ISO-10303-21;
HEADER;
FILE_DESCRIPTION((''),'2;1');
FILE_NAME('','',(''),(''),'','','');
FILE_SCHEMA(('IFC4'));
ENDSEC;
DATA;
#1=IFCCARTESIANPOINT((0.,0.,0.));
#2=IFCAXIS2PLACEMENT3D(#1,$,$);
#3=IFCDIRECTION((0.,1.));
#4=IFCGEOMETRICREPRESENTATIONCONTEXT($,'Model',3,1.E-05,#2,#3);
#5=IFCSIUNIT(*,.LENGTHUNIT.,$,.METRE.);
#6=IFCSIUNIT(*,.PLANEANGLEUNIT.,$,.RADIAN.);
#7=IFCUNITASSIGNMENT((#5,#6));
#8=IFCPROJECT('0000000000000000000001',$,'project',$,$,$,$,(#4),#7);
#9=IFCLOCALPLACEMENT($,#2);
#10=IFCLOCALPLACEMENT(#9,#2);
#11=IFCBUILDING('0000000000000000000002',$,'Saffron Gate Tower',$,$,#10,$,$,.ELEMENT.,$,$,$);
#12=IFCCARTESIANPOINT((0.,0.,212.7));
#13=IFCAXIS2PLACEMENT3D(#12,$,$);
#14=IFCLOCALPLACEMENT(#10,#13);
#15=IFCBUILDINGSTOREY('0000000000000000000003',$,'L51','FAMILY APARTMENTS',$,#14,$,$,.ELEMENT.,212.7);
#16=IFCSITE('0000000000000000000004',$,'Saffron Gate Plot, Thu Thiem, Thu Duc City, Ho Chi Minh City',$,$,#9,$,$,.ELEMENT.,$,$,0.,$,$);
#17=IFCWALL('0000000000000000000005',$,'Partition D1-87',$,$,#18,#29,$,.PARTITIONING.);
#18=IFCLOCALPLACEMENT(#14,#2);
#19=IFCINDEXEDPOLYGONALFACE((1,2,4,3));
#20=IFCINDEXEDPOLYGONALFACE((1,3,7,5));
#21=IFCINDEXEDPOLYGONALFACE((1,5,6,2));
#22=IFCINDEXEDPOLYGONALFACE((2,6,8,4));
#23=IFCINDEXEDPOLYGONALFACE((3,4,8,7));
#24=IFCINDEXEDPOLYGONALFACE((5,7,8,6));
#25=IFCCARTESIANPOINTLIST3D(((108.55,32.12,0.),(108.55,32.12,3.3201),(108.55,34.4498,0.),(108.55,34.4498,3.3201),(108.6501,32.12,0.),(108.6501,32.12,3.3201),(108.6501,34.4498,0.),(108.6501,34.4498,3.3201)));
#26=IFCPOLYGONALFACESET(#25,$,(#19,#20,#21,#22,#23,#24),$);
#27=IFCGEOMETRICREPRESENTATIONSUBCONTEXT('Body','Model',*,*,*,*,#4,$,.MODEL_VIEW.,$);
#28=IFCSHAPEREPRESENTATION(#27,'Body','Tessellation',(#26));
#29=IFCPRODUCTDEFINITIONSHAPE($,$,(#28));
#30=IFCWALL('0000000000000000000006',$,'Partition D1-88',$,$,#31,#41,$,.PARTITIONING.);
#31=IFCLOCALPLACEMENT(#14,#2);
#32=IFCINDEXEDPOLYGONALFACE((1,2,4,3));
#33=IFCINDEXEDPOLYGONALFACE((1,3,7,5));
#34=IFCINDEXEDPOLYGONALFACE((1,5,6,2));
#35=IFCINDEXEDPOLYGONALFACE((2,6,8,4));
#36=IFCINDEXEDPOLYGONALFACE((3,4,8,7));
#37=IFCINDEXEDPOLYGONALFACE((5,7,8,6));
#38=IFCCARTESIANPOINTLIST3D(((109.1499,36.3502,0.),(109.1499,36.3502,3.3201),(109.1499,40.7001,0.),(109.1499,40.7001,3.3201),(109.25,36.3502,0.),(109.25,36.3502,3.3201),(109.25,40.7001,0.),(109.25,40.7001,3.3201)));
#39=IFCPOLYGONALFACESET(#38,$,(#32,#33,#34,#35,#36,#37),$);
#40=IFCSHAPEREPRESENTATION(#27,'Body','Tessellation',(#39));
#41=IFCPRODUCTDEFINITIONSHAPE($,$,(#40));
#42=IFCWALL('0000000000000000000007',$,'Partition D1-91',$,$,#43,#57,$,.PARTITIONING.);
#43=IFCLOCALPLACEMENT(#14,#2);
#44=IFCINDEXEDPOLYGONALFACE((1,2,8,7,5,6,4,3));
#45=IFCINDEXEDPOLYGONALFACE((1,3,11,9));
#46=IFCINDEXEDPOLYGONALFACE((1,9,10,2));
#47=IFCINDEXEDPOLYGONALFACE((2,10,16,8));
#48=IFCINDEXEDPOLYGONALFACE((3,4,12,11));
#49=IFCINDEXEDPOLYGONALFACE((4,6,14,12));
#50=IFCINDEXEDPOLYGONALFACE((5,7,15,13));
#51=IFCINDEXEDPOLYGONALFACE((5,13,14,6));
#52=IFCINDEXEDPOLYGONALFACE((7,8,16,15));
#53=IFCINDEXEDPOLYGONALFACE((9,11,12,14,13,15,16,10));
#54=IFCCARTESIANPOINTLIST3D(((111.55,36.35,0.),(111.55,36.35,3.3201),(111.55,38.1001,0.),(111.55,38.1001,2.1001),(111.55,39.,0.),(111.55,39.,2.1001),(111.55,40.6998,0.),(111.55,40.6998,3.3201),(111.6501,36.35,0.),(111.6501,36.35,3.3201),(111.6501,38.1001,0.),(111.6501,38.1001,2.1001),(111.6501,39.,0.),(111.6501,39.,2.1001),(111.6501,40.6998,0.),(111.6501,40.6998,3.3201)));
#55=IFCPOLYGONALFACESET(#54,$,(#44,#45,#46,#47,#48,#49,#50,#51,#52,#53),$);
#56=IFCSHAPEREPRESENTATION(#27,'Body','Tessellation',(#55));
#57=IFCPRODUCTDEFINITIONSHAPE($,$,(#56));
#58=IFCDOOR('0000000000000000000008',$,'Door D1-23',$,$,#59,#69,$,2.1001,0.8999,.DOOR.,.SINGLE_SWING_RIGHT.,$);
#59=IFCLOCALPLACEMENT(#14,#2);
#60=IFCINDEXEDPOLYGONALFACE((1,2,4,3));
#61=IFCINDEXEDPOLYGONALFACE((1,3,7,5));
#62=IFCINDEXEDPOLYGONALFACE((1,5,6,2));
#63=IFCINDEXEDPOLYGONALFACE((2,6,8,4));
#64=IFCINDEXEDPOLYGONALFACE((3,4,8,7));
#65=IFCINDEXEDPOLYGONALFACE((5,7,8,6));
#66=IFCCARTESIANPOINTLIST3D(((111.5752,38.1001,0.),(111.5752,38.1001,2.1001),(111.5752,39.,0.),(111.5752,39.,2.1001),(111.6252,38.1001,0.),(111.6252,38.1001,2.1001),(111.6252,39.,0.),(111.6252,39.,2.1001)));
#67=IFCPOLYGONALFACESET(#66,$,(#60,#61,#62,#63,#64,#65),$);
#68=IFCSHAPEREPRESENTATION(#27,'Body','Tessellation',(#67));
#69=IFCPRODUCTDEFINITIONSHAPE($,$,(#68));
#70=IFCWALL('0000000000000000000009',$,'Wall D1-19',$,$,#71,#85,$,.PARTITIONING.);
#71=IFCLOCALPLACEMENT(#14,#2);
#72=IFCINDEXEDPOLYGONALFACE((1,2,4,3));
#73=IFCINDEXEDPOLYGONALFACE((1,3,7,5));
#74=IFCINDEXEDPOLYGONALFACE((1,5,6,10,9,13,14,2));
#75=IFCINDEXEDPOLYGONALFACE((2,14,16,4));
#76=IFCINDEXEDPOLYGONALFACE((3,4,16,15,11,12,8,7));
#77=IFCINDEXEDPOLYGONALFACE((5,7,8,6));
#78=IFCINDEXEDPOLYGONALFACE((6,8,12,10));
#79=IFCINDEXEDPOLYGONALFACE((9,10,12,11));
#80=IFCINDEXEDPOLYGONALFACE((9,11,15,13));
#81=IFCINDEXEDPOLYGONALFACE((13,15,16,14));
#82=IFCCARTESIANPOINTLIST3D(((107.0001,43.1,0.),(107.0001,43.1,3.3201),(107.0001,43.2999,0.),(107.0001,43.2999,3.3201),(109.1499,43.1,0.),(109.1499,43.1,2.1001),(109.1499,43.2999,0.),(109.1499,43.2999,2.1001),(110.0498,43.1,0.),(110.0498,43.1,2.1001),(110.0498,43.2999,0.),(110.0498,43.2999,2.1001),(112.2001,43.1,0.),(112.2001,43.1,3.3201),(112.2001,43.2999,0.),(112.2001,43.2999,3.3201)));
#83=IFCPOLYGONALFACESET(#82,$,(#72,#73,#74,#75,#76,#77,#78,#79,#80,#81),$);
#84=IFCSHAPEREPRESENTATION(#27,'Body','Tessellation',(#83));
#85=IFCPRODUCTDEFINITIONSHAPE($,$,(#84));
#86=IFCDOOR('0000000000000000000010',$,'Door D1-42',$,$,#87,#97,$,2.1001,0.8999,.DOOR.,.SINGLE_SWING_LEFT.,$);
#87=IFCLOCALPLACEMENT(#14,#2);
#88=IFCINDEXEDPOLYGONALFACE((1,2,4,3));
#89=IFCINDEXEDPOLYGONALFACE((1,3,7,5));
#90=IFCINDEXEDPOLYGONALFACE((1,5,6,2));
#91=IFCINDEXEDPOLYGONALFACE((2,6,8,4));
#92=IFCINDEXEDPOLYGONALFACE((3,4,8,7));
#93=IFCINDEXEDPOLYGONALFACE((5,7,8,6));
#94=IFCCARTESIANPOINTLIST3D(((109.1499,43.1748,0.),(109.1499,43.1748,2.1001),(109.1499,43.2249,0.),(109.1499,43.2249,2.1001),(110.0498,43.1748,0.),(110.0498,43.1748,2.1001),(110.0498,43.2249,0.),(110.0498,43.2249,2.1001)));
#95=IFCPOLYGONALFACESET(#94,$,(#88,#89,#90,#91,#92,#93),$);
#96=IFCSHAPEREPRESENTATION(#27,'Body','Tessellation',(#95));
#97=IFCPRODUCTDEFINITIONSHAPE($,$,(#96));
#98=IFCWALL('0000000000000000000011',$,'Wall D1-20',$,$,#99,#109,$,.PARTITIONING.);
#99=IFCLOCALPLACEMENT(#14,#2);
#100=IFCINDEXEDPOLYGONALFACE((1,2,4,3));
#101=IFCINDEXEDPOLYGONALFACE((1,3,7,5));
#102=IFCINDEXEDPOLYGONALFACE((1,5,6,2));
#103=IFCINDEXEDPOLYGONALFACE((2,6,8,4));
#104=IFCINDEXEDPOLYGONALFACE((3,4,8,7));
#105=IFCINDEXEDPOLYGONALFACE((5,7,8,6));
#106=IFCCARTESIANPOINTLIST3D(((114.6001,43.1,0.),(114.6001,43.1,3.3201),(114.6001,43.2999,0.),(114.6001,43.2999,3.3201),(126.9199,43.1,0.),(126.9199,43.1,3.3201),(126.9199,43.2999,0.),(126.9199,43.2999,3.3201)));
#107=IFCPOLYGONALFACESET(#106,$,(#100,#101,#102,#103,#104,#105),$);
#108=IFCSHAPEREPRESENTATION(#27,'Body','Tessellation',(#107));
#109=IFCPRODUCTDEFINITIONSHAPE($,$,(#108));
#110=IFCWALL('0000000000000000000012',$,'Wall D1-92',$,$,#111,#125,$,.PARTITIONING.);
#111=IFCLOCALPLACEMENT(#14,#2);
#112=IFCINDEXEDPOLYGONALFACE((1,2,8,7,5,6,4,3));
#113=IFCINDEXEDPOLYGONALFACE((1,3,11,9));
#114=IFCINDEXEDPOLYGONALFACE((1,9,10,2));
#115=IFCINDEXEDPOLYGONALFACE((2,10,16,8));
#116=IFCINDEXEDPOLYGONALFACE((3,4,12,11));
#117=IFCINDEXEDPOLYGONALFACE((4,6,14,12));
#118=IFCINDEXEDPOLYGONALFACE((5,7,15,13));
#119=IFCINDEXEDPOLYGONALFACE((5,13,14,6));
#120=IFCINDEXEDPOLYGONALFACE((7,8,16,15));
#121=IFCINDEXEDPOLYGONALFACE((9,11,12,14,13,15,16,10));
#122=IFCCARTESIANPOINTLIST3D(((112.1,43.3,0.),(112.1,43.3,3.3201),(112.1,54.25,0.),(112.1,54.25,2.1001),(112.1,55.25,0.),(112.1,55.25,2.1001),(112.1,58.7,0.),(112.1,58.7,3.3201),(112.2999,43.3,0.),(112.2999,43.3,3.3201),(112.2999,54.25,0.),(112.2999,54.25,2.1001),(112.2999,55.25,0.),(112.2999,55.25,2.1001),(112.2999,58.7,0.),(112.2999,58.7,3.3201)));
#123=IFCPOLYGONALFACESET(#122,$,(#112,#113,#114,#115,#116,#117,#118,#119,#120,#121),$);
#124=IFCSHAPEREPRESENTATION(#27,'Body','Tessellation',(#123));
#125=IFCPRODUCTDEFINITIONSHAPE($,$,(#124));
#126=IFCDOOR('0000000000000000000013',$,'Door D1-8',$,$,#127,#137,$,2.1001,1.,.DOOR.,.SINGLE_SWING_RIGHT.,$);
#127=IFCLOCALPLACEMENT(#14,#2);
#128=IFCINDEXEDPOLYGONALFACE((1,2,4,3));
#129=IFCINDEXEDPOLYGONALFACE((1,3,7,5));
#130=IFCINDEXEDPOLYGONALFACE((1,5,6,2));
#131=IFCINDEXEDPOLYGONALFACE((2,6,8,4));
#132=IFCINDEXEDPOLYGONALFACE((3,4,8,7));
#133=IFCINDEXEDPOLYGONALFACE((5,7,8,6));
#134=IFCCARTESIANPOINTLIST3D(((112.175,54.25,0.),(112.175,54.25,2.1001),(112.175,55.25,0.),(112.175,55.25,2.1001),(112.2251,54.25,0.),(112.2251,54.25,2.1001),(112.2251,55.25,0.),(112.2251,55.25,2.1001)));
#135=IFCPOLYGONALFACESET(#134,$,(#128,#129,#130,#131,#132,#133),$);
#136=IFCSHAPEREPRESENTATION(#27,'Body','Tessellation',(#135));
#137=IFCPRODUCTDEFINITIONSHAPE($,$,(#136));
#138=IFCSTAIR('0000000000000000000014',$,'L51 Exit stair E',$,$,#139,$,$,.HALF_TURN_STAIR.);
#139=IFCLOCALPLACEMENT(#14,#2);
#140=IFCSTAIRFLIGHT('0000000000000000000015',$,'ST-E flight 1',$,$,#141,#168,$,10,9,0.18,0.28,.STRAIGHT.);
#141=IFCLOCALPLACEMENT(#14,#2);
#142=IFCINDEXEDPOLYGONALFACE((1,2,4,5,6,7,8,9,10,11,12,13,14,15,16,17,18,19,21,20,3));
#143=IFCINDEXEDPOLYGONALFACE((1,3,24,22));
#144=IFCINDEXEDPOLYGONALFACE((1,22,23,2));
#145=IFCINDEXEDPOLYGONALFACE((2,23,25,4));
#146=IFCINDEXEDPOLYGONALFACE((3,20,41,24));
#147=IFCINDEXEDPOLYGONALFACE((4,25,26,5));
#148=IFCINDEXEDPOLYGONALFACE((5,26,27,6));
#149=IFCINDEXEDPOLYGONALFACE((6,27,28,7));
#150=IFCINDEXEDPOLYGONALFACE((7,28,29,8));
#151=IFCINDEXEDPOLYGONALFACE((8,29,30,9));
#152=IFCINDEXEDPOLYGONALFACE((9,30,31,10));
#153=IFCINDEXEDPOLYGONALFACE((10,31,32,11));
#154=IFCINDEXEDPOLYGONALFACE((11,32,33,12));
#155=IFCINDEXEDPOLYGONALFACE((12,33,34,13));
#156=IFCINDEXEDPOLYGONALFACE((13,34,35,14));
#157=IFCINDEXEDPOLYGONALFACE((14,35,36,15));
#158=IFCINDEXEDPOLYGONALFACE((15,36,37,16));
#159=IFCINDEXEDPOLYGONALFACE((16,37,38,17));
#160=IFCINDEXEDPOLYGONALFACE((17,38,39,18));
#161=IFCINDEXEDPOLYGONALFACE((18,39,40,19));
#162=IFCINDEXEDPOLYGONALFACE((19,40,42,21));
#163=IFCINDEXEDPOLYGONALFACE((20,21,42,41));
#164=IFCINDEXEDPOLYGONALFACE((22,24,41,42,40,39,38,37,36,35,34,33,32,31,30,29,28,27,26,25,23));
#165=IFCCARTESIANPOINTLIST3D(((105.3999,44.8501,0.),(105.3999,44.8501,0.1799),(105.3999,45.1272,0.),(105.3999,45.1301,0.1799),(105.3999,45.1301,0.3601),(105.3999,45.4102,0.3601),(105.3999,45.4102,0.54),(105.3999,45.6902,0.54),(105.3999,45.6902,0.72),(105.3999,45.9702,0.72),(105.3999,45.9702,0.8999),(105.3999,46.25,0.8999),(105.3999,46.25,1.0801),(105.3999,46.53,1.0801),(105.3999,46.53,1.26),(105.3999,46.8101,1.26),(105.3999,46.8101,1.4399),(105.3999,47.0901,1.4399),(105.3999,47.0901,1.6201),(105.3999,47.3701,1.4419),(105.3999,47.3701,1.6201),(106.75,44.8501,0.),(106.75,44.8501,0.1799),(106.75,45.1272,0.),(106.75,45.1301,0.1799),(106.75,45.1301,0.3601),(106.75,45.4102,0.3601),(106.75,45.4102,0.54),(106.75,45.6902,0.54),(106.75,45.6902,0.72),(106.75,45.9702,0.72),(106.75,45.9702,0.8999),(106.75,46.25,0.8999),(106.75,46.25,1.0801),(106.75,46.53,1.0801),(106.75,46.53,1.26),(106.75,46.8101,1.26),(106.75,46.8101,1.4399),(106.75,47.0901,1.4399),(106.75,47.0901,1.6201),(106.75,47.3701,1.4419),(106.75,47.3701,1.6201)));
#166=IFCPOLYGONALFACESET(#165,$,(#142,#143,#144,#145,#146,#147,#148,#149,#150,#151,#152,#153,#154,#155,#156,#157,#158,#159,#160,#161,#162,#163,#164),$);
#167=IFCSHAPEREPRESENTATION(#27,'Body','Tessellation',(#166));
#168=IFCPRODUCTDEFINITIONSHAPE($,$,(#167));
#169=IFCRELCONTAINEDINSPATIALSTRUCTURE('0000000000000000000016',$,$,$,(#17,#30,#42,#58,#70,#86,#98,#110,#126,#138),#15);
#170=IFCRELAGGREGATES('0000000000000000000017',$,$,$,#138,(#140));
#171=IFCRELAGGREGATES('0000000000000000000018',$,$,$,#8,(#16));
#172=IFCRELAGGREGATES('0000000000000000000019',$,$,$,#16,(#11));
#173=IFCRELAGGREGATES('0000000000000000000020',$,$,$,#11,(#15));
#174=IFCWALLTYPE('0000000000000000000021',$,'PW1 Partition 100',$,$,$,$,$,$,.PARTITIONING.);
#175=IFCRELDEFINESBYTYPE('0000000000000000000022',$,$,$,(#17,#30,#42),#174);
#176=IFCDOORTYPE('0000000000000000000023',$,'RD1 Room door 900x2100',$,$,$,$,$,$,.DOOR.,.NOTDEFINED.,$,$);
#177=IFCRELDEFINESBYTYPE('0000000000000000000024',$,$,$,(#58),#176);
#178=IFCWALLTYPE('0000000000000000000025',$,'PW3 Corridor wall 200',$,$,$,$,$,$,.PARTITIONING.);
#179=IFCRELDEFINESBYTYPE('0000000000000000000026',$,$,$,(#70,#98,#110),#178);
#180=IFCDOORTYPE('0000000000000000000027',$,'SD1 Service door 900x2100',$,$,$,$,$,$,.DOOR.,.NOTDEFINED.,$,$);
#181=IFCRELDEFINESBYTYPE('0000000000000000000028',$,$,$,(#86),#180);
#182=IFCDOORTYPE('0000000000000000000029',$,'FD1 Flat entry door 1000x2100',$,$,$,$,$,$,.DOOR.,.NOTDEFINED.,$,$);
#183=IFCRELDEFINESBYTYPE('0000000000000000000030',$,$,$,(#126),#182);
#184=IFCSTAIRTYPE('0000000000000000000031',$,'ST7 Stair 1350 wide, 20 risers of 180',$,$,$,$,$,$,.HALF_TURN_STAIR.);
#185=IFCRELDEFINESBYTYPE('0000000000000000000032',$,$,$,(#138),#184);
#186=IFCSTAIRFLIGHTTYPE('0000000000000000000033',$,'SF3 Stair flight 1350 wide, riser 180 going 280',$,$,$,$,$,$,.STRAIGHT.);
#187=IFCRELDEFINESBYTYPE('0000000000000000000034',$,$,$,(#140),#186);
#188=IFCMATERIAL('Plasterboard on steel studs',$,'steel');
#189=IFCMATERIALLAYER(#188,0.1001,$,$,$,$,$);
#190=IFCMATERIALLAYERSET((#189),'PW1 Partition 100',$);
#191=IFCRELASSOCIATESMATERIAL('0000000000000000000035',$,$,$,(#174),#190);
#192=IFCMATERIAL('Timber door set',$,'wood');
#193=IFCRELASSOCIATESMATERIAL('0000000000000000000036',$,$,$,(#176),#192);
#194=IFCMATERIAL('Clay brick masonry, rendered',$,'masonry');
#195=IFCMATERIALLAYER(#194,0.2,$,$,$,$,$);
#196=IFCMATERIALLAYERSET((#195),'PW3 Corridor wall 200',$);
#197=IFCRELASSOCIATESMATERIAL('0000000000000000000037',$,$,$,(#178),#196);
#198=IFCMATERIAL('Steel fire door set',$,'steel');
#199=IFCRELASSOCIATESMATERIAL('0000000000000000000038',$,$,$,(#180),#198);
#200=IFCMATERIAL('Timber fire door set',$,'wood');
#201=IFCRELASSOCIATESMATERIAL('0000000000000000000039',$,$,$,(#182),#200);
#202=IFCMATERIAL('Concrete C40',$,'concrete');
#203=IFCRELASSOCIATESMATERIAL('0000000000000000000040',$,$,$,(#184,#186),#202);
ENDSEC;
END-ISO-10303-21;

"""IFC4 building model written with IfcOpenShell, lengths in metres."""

from ifc_helpers import new_model, si_unit, direction, frame, frame_2d, origin, place, context, subcontext, project, spatial, polyline, rectangle, outline, extrude, material, layer, layer_set, type_object, element, fill, aggregate, save


model = new_model("IFC4")

# Units and contexts
model_context = context("Model", 3, precision=1e-05, world=origin(), true_north=direction((0.0, 1.0)))
body_context = subcontext(model_context, "Body", "Model", "MODEL_VIEW")
ifc_project = project(units=[si_unit("LENGTHUNIT", "METRE"), si_unit("PLANEANGLEUNIT", "RADIAN")], contexts=[model_context])

# Site, building, storey
site_placement = place(None, origin())
site = spatial("IfcSite", under=ifc_project, at=site_placement, Name="Saffron Gate Plot, Thu Thiem, Thu Duc City, Ho Chi Minh City", CompositionType="ELEMENT", RefElevation=0.0)
building_placement = place(site_placement, origin())
building = spatial("IfcBuilding", under=site, at=building_placement, Name="Saffron Gate Tower", CompositionType="ELEMENT")
storey_placement = place(building_placement, frame((0.0, 0.0, 212.7)))
storey = spatial("IfcBuildingStorey", under=building, at=storey_placement, Name="L51", Description="FAMILY APARTMENTS", CompositionType="ELEMENT", Elevation=212.7)

# Shared definitions
ifc_material_1 = material(Name="Steel fire door set", Category="steel")

# Walls
ifc_material_2 = material(Name="Plasterboard on steel studs", Category="steel")
ifc_layer_1 = layer(ifc_material_2, 0.1001)
ifc_layer_set_1 = layer_set([ifc_layer_1], Name="PW1 Partition 100")
wall_type_1 = type_object("IfcWallType", Name="PW1 Partition 100", PredefinedType="PARTITIONING", material=ifc_layer_set_1)
wall_1_placement = place(storey_placement, frame((108.6001, 34.45, 0.0), z_axis=(0.0, 0.0, 1.0), x_axis=(0.0, -1.0, 0.0)))
element("IfcWall", 1, at=wall_1_placement, inside=storey, type_object=wall_type_1, Name="Partition D1-87", PredefinedType="PARTITIONING", context=body_context, shape_type="SweptSolid", body=[
    extrude(rectangle(XDim=2.3298, YDim=0.1001, at=frame_2d((1.165, 0.0))), origin(), (0.0, 0.0, 1.0), 3.3201),
])
wall_2_placement = place(storey_placement, frame((109.2, 40.7, 0.0), z_axis=(0.0, 0.0, 1.0), x_axis=(0.0, -1.0, 0.0)))
element("IfcWall", 2, at=wall_2_placement, inside=storey, type_object=wall_type_1, Name="Partition D1-88", PredefinedType="PARTITIONING", context=body_context, shape_type="SweptSolid", body=[
    extrude(rectangle(XDim=4.3499, YDim=0.1001, at=frame_2d((2.1748, 0.0))), origin(), (0.0, 0.0, 1.0), 3.3201),
])

# Walls, openings, doors
wall_3_placement = place(storey_placement, frame((111.6001, 36.3501, 0.0), z_axis=(0.0, 0.0, 1.0), x_axis=(0.0, 1.0, 0.0)))
wall_3 = element("IfcWall", 3, at=wall_3_placement, inside=storey, type_object=wall_type_1, Name="Partition D1-91", PredefinedType="PARTITIONING", context=body_context, shape_type="SweptSolid", body=[
    extrude(rectangle(XDim=4.3499, YDim=0.1001, at=frame_2d((2.1748, 0.0))), origin(), (0.0, 0.0, 1.0), 3.3201),
])
opening_1_placement = place(wall_3_placement, frame((1.75, 0.0, 0.0)))
opening_1 = element("IfcOpeningElement", 4, at=opening_1_placement, cuts=wall_3, PredefinedType="OPENING", context=body_context, shape_type="SweptSolid", body=[
    extrude(rectangle(XDim=0.8999, YDim=2.1001, at=frame_2d((0.45, 1.05))), frame((0.0, 0.0601, 0.0), z_axis=(0.0, -1.0, 0.0), x_axis=(1.0, 0.0, 0.0)), (0.0, 0.0, 1.0), 0.1201),
])
ifc_material_3 = material(Name="Timber door set", Category="wood")
door_type_1 = type_object("IfcDoorType", Name="RD1 Room door 900x2100", OperationType="NOTDEFINED", PredefinedType="DOOR", material=ifc_material_3)
door_1_placement = place(opening_1_placement, origin())
door_1 = element("IfcDoor", 5, at=door_1_placement, inside=storey, type_object=door_type_1, Name="Door D1-23", OperationType="SINGLE_SWING_RIGHT", OverallHeight=2.1001, OverallWidth=0.8999, PredefinedType="DOOR", context=body_context, shape_type="SweptSolid", body=[
    extrude(rectangle(XDim=0.8999, YDim=2.1001, at=frame_2d((0.45, 1.05))), frame((0.0, 0.0249, 0.0), z_axis=(0.0, -1.0, 0.0), x_axis=(1.0, 0.0, 0.0)), (0.0, 0.0, 1.0), 0.05),
])
fill(opening_1, door_1)
ifc_material_4 = material(Name="Clay brick masonry, rendered", Category="masonry")
ifc_layer_2 = layer(ifc_material_4, 0.2)
ifc_layer_set_2 = layer_set([ifc_layer_2], Name="PW3 Corridor wall 200")
wall_type_2 = type_object("IfcWallType", Name="PW3 Corridor wall 200", PredefinedType="PARTITIONING", material=ifc_layer_set_2)
wall_4_placement = place(storey_placement, frame((107.0, 43.2, 0.0), z_axis=(0.0, 0.0, 1.0), x_axis=(1.0, 0.0, 0.0)))
wall_4 = element("IfcWall", 6, at=wall_4_placement, inside=storey, type_object=wall_type_2, Name="Wall D1-19", PredefinedType="PARTITIONING", context=body_context, shape_type="SweptSolid", body=[
    extrude(rectangle(XDim=5.2, YDim=0.2, at=frame_2d((2.6001, 0.0))), origin(), (0.0, 0.0, 1.0), 3.3201),
])
opening_2_placement = place(wall_4_placement, frame((2.1499, 0.0, 0.0)))
opening_2 = element("IfcOpeningElement", 7, at=opening_2_placement, cuts=wall_4, PredefinedType="OPENING", context=body_context, shape_type="SweptSolid", body=[
    extrude(rectangle(XDim=0.8999, YDim=2.1001, at=frame_2d((0.45, 1.05))), frame((0.0, 0.1099, 0.0), z_axis=(0.0, -1.0, 0.0), x_axis=(1.0, 0.0, 0.0)), (0.0, 0.0, 1.0), 0.22),
])
door_type_2 = type_object("IfcDoorType", Name="SD1 Service door 900x2100", OperationType="NOTDEFINED", PredefinedType="DOOR", material=ifc_material_1)
door_2_placement = place(opening_2_placement, origin())
door_2 = element("IfcDoor", 8, at=door_2_placement, inside=storey, type_object=door_type_2, Name="Door D1-42", OperationType="SINGLE_SWING_LEFT", OverallHeight=2.1001, OverallWidth=0.8999, PredefinedType="DOOR", context=body_context, shape_type="SweptSolid", body=[
    extrude(rectangle(XDim=0.8999, YDim=2.1001, at=frame_2d((0.45, 1.05))), frame((0.0, 0.0249, 0.0), z_axis=(0.0, -1.0, 0.0), x_axis=(1.0, 0.0, 0.0)), (0.0, 0.0, 1.0), 0.05),
])
fill(opening_2, door_2)

# Wall
wall_5_placement = place(storey_placement, frame((114.6001, 43.2, 0.0), z_axis=(0.0, 0.0, 1.0), x_axis=(1.0, 0.0, 0.0)))
element("IfcWall", 9, at=wall_5_placement, inside=storey, type_object=wall_type_2, Name="Wall D1-20", PredefinedType="PARTITIONING", context=body_context, shape_type="SweptSolid", body=[
    extrude(rectangle(XDim=12.3198, YDim=0.2, at=frame_2d((6.1599, 0.0))), origin(), (0.0, 0.0, 1.0), 3.3201),
])

# Wall, opening, door
wall_6_placement = place(storey_placement, frame((112.2, 43.3, 0.0), z_axis=(0.0, 0.0, 1.0), x_axis=(0.0, 1.0, 0.0)))
wall_6 = element("IfcWall", 10, at=wall_6_placement, inside=storey, type_object=wall_type_2, Name="Wall D1-92", PredefinedType="PARTITIONING", context=body_context, shape_type="SweptSolid", body=[
    extrude(rectangle(XDim=15.3999, YDim=0.2, at=frame_2d((7.7, 0.0))), origin(), (0.0, 0.0, 1.0), 3.3201),
])
opening_3_placement = place(wall_6_placement, frame((10.95, 0.0, 0.0)))
opening_3 = element("IfcOpeningElement", 11, at=opening_3_placement, cuts=wall_6, PredefinedType="OPENING", context=body_context, shape_type="SweptSolid", body=[
    extrude(rectangle(XDim=1.0, YDim=2.1001, at=frame_2d((0.5, 1.05))), frame((0.0, 0.1099, 0.0), z_axis=(0.0, -1.0, 0.0), x_axis=(1.0, 0.0, 0.0)), (0.0, 0.0, 1.0), 0.22),
])
ifc_material_5 = material(Name="Timber fire door set", Category="wood")
door_type_3 = type_object("IfcDoorType", Name="FD1 Flat entry door 1000x2100", OperationType="NOTDEFINED", PredefinedType="DOOR", material=ifc_material_5)
door_3_placement = place(opening_3_placement, origin())
door_3 = element("IfcDoor", 12, at=door_3_placement, inside=storey, type_object=door_type_3, Name="Door D1-8", OperationType="SINGLE_SWING_RIGHT", OverallHeight=2.1001, OverallWidth=1.0, PredefinedType="DOOR", context=body_context, shape_type="SweptSolid", body=[
    extrude(rectangle(XDim=1.0, YDim=2.1001, at=frame_2d((0.5, 1.05))), frame((0.0, 0.0249, 0.0), z_axis=(0.0, -1.0, 0.0), x_axis=(1.0, 0.0, 0.0)), (0.0, 0.0, 1.0), 0.05),
])
fill(opening_3, door_3)

# Stair, stair flight
ifc_material_6 = material(Name="Concrete C40", Category="concrete")
stair_type = type_object("IfcStairType", Name="ST7 Stair 1350 wide, 20 risers of 180", PredefinedType="HALF_TURN_STAIR", material=ifc_material_6)
stair_placement = place(storey_placement, origin())
stair = element("IfcStair", 13, at=stair_placement, inside=storey, type_object=stair_type, Name="L51 Exit stair E", PredefinedType="HALF_TURN_STAIR")
stair_flight_type = type_object("IfcStairFlightType", Name="SF3 Stair flight 1350 wide, riser 180 going 280", PredefinedType="STRAIGHT", material=ifc_material_6)
stair_flight_1_placement = place(storey_placement, frame((106.075, 44.8501, 0.0), z_axis=(0.0, 0.0, 1.0), x_axis=(0.0, 1.0, 0.0)))
stair_flight_1 = element("IfcStairFlight", 14, at=stair_flight_1_placement, type_object=stair_flight_type, Name="ST-E flight 1", NumberOfRisers=10, NumberOfTreads=9, PredefinedType="STRAIGHT", RiserHeight=0.18, TreadLength=0.28, context=body_context, shape_type="SweptSolid", body=[
    extrude(outline(polyline([(0.0, 0.0), (0.0, 0.1799), (0.28, 0.1799), (0.28, 0.3601), (0.5601, 0.3601), (0.5601, 0.54), (0.8401, 0.54), (0.8401, 0.72), (1.1201, 0.72), (1.1201, 0.8999), (1.3999, 0.8999), (1.3999, 1.0801), (1.6799, 1.0801), (1.6799, 1.26), (1.96, 1.26), (1.96, 1.4399), (2.24, 1.4399), (2.24, 1.6201), (2.52, 1.6201), (2.52, 1.8), (2.52, 1.4419), (0.2771, 0.0), (0.0, 0.0)])), frame((0.0, 0.675, 0.0), z_axis=(0.0, -1.0, 0.0), x_axis=(1.0, 0.0, 0.0)), (0.0, 0.0, 1.0), 1.3501),
])
aggregate(stair, [stair_flight_1])

save(model, "model.ifc")
